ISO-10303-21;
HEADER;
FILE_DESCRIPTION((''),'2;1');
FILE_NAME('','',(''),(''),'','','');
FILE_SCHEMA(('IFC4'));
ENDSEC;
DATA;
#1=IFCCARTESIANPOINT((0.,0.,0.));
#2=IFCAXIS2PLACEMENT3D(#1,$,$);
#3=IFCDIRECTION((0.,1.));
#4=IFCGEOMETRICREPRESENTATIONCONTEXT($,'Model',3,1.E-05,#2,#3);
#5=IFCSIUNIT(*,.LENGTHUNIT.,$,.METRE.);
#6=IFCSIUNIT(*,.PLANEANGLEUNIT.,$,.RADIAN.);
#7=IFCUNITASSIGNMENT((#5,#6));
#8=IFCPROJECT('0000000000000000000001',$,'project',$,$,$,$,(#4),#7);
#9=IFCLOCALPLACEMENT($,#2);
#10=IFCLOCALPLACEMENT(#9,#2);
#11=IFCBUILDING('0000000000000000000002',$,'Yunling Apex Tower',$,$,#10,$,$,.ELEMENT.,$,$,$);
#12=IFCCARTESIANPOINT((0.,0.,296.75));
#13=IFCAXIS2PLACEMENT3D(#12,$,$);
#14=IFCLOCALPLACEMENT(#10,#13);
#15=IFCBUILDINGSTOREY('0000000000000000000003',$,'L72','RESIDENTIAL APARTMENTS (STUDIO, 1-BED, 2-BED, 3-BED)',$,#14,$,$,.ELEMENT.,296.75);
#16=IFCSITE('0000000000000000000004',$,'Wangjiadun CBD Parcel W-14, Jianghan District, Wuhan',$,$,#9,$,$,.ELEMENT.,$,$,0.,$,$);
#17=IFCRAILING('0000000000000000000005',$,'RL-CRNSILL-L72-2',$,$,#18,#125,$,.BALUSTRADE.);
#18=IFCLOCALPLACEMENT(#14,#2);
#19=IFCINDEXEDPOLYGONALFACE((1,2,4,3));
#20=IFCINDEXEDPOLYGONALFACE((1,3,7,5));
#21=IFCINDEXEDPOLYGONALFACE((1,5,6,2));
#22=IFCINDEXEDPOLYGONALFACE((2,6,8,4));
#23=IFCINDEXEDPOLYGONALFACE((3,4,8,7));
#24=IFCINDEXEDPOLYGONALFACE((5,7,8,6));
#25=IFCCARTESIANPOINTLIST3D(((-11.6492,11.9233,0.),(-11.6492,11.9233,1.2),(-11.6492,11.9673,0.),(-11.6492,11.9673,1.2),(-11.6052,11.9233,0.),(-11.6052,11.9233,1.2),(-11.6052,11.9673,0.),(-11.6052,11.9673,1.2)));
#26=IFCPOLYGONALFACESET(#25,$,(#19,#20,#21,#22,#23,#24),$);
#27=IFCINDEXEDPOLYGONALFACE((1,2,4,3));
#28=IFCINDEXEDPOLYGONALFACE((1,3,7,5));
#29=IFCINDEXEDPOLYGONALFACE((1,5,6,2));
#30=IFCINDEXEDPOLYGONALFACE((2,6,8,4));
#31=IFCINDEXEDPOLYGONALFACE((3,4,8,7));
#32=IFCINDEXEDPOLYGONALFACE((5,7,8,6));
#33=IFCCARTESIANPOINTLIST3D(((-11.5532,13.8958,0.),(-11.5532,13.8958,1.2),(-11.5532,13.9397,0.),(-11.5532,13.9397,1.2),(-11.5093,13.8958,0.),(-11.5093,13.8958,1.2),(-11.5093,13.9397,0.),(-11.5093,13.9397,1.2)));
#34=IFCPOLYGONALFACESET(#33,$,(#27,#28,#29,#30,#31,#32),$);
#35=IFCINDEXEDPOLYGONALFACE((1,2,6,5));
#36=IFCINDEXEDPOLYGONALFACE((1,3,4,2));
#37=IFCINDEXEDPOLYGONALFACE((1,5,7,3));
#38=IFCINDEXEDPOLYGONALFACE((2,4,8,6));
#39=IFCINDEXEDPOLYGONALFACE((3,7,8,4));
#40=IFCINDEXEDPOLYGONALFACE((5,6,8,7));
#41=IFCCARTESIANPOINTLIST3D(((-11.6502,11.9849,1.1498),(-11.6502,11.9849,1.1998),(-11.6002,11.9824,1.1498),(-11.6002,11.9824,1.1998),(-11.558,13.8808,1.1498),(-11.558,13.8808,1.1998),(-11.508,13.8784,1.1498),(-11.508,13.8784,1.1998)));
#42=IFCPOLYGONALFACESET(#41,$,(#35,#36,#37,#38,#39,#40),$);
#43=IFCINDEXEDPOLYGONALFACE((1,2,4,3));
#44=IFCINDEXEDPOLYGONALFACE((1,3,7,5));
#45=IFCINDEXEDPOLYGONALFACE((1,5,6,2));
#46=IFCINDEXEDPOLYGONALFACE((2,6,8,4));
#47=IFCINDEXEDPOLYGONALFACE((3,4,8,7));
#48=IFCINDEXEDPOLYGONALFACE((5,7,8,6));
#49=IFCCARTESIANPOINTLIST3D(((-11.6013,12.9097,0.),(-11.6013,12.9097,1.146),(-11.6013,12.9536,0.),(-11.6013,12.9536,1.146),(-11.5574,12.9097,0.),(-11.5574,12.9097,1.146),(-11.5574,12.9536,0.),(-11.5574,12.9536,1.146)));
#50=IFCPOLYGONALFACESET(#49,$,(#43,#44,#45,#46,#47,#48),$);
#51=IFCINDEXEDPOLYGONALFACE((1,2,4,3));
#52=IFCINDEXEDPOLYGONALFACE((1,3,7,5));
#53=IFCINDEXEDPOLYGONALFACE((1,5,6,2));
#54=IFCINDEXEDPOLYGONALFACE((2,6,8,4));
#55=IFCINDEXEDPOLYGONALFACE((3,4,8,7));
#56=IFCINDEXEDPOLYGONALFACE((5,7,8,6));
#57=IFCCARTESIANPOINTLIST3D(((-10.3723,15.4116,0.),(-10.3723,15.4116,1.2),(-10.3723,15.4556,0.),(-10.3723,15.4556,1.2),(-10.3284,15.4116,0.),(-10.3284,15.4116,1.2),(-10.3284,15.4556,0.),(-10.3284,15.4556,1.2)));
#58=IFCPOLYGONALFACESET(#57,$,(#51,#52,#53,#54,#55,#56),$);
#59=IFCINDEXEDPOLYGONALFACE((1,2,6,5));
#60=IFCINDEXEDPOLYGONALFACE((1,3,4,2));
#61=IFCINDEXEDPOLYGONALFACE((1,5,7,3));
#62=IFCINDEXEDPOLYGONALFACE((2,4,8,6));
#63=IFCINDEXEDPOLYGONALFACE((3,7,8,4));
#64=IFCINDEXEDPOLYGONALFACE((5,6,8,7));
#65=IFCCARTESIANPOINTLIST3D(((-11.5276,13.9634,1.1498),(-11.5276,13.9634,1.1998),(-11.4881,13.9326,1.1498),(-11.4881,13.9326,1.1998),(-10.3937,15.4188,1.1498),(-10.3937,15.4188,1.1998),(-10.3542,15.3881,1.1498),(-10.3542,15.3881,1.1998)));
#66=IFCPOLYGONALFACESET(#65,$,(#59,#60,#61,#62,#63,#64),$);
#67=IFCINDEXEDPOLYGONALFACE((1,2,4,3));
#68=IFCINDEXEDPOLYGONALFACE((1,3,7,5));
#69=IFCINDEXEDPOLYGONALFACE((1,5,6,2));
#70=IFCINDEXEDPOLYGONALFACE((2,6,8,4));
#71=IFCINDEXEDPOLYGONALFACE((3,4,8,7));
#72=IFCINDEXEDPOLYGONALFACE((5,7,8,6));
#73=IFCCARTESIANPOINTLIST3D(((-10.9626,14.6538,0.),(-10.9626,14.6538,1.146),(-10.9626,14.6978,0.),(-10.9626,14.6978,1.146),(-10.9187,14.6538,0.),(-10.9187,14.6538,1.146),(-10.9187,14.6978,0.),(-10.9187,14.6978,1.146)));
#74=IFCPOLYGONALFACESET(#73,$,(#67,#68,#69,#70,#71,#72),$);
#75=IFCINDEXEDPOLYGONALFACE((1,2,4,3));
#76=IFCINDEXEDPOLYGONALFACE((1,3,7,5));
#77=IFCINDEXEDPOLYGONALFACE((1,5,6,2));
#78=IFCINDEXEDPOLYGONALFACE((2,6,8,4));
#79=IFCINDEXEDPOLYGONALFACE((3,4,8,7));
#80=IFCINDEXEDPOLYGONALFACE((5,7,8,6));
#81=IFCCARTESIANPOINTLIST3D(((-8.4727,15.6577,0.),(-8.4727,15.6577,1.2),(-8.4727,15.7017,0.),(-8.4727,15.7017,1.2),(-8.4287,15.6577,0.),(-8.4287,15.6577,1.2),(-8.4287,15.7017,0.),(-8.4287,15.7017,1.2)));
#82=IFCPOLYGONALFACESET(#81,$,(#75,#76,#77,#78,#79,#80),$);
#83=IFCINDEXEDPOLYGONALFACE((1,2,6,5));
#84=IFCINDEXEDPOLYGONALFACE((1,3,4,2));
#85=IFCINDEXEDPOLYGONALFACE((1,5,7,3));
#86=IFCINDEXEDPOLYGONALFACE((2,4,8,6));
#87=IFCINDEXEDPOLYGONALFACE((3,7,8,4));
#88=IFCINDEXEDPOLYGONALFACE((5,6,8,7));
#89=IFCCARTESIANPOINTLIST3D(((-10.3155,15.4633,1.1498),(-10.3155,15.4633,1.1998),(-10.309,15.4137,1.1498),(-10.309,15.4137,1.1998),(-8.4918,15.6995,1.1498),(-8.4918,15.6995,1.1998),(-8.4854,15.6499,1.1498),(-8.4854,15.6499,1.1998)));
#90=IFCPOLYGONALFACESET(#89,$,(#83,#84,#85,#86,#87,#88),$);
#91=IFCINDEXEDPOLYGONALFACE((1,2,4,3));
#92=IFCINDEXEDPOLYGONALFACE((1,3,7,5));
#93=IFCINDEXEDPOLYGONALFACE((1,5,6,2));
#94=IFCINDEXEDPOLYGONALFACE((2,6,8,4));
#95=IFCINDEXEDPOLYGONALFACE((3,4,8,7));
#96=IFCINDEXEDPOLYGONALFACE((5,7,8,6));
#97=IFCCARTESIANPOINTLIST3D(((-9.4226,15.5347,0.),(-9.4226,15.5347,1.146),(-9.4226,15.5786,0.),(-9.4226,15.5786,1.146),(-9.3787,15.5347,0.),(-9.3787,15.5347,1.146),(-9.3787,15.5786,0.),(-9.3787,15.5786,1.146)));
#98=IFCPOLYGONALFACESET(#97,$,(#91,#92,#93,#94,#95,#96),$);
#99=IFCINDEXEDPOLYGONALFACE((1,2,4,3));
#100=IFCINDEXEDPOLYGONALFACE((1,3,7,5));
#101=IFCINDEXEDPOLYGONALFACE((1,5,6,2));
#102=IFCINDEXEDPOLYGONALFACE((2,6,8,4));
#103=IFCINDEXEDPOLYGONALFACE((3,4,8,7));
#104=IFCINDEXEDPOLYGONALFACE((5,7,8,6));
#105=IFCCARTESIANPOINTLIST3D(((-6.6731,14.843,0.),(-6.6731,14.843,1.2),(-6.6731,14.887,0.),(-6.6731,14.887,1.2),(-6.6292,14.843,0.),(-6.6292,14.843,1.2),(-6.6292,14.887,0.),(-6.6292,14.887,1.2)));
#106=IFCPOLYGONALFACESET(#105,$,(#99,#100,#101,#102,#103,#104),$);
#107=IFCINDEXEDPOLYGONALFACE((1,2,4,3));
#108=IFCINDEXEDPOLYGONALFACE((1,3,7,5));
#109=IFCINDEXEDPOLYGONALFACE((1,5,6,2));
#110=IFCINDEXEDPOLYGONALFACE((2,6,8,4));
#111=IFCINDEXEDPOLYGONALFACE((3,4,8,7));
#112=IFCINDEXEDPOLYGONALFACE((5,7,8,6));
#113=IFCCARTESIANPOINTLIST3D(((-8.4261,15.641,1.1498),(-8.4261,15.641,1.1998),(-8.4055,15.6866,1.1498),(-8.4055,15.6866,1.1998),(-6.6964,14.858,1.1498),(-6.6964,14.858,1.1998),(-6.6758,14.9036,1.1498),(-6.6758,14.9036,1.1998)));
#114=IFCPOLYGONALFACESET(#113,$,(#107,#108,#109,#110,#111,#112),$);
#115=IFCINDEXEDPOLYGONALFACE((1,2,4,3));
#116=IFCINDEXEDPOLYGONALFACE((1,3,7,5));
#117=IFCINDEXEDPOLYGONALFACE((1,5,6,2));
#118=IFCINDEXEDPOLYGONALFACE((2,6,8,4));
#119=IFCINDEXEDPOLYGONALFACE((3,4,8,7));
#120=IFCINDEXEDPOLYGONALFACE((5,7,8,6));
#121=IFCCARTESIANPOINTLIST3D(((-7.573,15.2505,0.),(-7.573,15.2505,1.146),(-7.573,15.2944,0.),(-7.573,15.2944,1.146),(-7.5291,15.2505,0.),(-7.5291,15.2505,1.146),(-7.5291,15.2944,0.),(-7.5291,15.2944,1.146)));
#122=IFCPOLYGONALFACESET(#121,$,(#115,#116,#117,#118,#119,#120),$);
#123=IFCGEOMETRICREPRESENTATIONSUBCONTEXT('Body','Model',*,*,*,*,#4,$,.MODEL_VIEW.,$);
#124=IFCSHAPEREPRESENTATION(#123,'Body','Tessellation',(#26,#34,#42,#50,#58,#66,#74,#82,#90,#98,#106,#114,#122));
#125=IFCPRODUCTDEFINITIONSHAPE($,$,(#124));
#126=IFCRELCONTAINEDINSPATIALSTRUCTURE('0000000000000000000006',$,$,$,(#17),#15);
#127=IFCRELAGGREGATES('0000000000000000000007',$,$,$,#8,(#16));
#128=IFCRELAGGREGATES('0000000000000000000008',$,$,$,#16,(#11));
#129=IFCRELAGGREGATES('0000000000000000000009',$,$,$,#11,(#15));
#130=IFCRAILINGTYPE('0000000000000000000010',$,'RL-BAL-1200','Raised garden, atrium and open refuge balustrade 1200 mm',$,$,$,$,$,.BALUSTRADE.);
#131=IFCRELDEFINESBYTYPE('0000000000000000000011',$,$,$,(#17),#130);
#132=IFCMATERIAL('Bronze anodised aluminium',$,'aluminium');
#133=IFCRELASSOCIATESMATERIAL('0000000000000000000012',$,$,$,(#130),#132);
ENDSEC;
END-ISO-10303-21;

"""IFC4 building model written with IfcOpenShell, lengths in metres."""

from ifc_helpers import new_model, si_unit, direction, frame, origin, origin_2d, place, context, subcontext, project, spatial, rectangle, extrude, material, type_object, element, save


model = new_model("IFC4")

# Units and contexts
model_context = context("Model", 3, precision=1e-05, world=origin(), true_north=direction((0.0, 1.0)))
body_context = subcontext(model_context, "Body", "Model", "MODEL_VIEW")
ifc_project = project(units=[si_unit("LENGTHUNIT", "METRE"), si_unit("PLANEANGLEUNIT", "RADIAN")], contexts=[model_context])

# Site, building, storey
site_placement = place(None, origin())
site = spatial("IfcSite", under=ifc_project, at=site_placement, Name="Wangjiadun CBD Parcel W-14, Jianghan District, Wuhan", CompositionType="ELEMENT", RefElevation=0.0)
building_placement = place(site_placement, origin())
building = spatial("IfcBuilding", under=site, at=building_placement, Name="Yunling Apex Tower", CompositionType="ELEMENT")
storey_placement = place(building_placement, frame((0.0, 0.0, 296.75)))
storey = spatial("IfcBuildingStorey", under=building, at=storey_placement, Name="L72", Description="RESIDENTIAL APARTMENTS (STUDIO, 1-BED, 2-BED, 3-BED)", CompositionType="ELEMENT", Elevation=296.75)

# Shared definitions
ifc_material_1 = material(Name="Bronze anodised aluminium", Category="aluminium")

# Railing
railing_type = type_object("IfcRailingType", Name="RL-BAL-1200", Description="Raised garden, atrium and open refuge balustrade 1200 mm", PredefinedType="BALUSTRADE", material=ifc_material_1)
railing_placement = place(storey_placement, frame((-11.6272, 11.9453, 0.0)))
element("IfcRailing", 1, at=railing_placement, inside=storey, type_object=railing_type, Name="RL-CRNSILL-L72-2", PredefinedType="BALUSTRADE", context=body_context, shape_type="SweptSolid", body=[
    extrude(rectangle(XDim=0.0439, YDim=0.0439, at=origin_2d()), origin(), (0.0, 0.0, 1.0), 1.2),
    extrude(rectangle(XDim=0.0439, YDim=0.0439, at=origin_2d()), frame((0.0959, 1.9724, 0.0)), (0.0, 0.0, 1.0), 1.2),
    extrude(rectangle(XDim=0.05, YDim=0.05, at=origin_2d()), frame((0.002, 0.0383, 1.1748), z_axis=(0.048587, 0.998819, 0.0), x_axis=(-0.998819, 0.048587, 0.0)), (0.0, 0.0, 1.0), 1.8982),
    extrude(rectangle(XDim=0.0439, YDim=0.0439, at=origin_2d()), frame((0.0479, 0.9863, 0.0)), (0.0, 0.0, 1.0), 1.146),
    extrude(rectangle(XDim=0.0439, YDim=0.0439, at=origin_2d()), frame((1.2769, 3.4883, 0.0)), (0.0, 0.0, 1.0), 1.2),
    extrude(rectangle(XDim=0.05, YDim=0.05, at=origin_2d()), frame((0.1194, 2.0027, 1.1748), z_axis=(0.614556, 0.788873, 0.0), x_axis=(-0.788873, 0.614556, 0.0)), (0.0, 0.0, 1.0), 1.845),
    extrude(rectangle(XDim=0.0439, YDim=0.0439, at=origin_2d()), frame((0.6865, 2.7305, 0.0)), (0.0, 0.0, 1.0), 1.146),
    extrude(rectangle(XDim=0.0439, YDim=0.0439, at=origin_2d()), frame((3.1765, 3.7344, 0.0)), (0.0, 0.0, 1.0), 1.2),
    extrude(rectangle(XDim=0.05, YDim=0.05, at=origin_2d()), frame((1.3149, 3.4932, 1.1748), z_axis=(0.991713, 0.128473, 0.0), x_axis=(-0.128473, 0.991713, 0.0)), (0.0, 0.0, 1.0), 1.8389),
    extrude(rectangle(XDim=0.0439, YDim=0.0439, at=origin_2d()), frame((2.2266, 3.6113, 0.0)), (0.0, 0.0, 1.0), 1.146),
    extrude(rectangle(XDim=0.0439, YDim=0.0439, at=origin_2d()), frame((4.9761, 2.9197, 0.0)), (0.0, 0.0, 1.0), 1.2),
    extrude(rectangle(XDim=0.05, YDim=0.05, at=origin_2d()), frame((3.2114, 3.7185, 1.1748), z_axis=(0.910992, -0.412424, 0.0), x_axis=(0.412424, 0.910992, 0.0)), (0.0, 0.0, 1.0), 1.8987),
    extrude(rectangle(XDim=0.0439, YDim=0.0439, at=origin_2d()), frame((4.0762, 3.3271, 0.0)), (0.0, 0.0, 1.0), 1.146),
])

save(model, "model.ifc")
